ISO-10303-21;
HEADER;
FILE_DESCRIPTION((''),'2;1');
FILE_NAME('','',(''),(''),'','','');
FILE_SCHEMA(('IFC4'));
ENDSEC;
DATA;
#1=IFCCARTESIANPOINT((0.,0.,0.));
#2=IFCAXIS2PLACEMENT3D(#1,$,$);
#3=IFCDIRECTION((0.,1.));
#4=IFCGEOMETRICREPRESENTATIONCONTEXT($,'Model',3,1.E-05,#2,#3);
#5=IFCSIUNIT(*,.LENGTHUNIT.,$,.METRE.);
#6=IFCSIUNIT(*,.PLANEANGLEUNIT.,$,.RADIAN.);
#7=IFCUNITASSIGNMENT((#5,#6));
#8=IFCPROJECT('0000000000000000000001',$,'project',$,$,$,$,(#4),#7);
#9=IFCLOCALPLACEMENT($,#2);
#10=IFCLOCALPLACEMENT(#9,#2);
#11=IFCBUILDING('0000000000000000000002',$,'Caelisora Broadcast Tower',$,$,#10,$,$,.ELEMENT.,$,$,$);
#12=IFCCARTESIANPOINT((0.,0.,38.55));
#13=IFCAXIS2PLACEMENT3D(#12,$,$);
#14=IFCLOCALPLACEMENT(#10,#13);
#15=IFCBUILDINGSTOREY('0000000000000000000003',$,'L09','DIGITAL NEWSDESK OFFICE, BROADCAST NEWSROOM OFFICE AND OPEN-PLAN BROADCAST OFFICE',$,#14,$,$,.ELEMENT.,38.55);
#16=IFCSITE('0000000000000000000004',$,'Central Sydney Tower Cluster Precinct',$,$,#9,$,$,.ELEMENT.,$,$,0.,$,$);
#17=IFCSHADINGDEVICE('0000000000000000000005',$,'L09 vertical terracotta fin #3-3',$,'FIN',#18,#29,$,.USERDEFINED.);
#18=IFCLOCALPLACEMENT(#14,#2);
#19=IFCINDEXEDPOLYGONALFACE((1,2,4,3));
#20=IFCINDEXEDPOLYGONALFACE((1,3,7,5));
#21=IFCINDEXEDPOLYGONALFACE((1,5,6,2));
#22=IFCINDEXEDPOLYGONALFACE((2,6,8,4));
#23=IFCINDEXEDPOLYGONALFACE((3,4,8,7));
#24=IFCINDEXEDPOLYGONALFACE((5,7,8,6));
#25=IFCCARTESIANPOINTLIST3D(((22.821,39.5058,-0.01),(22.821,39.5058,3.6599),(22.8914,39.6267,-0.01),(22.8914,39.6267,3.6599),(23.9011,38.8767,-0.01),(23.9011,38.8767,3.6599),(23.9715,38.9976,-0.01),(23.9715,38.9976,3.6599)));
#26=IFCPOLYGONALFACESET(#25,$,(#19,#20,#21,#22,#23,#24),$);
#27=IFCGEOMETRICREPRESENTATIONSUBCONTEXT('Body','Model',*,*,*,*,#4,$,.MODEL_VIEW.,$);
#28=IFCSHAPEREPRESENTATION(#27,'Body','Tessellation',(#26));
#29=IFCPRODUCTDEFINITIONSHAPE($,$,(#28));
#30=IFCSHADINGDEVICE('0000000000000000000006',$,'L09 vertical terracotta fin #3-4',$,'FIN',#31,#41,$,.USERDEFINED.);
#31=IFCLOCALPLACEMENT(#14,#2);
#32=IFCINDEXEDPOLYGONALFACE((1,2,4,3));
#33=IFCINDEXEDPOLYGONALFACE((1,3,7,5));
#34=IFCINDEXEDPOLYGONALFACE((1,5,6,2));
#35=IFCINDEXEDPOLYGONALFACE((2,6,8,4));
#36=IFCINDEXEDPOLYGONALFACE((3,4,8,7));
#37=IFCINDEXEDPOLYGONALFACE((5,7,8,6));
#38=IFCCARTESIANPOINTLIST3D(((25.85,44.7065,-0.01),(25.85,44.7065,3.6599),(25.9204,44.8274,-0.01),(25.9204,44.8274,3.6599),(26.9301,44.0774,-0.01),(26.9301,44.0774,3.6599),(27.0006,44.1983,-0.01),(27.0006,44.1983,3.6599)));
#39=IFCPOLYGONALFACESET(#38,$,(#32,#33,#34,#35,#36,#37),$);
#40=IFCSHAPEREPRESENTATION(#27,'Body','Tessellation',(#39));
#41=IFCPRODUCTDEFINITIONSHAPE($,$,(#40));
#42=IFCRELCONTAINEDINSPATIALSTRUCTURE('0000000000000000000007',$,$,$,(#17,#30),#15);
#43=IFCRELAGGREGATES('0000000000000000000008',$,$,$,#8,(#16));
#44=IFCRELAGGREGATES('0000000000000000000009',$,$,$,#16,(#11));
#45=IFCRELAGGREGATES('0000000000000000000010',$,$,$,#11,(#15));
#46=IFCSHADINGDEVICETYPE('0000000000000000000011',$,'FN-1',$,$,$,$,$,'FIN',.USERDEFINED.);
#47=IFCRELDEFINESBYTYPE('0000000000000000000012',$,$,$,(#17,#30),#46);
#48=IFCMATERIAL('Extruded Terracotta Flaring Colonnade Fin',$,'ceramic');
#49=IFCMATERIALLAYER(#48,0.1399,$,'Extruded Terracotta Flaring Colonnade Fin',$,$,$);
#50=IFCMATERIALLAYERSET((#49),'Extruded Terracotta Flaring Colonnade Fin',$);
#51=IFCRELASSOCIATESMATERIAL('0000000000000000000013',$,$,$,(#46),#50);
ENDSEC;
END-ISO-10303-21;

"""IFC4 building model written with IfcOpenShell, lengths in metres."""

from ifc_helpers import new_model, si_unit, direction, frame, origin, origin_2d, place, context, subcontext, project, spatial, rectangle, extrude, source, transform, mapped, material, layer, layer_set, type_object, type_shapes, element, save


model = new_model("IFC4")

# Units and contexts
model_context = context("Model", 3, precision=1e-05, world=origin(), true_north=direction((0.0, 1.0)))
body_context = subcontext(model_context, "Body", "Model", "MODEL_VIEW")
ifc_project = project(units=[si_unit("LENGTHUNIT", "METRE"), si_unit("PLANEANGLEUNIT", "RADIAN")], contexts=[model_context])

# Site, building, storey
site_placement = place(None, origin())
site = spatial("IfcSite", under=ifc_project, at=site_placement, Name="Central Sydney Tower Cluster Precinct", CompositionType="ELEMENT", RefElevation=0.0)
building_placement = place(site_placement, origin())
building = spatial("IfcBuilding", under=site, at=building_placement, Name="Caelisora Broadcast Tower", CompositionType="ELEMENT")
storey_placement = place(building_placement, frame((0.0, 0.0, 38.55)))
storey = spatial("IfcBuildingStorey", under=building, at=storey_placement, Name="L09", Description="DIGITAL NEWSDESK OFFICE, BROADCAST NEWSROOM OFFICE AND OPEN-PLAN BROADCAST OFFICE", CompositionType="ELEMENT", Elevation=38.55)

# Shading devices
ifc_material_1 = material(Name="Extruded Terracotta Flaring Colonnade Fin", Category="ceramic")
ifc_layer_1 = layer(ifc_material_1, 0.1399, Name="Extruded Terracotta Flaring Colonnade Fin")
ifc_layer_set_1 = layer_set([ifc_layer_1], Name="Extruded Terracotta Flaring Colonnade Fin")
shading_device_type = type_object("IfcShadingDeviceType", Name="FN-1", ElementType="FIN", PredefinedType="USERDEFINED", material=ifc_layer_set_1)
shared_shape_1 = source(origin(), body_context, "Body", "SweptSolid", [
    extrude(rectangle(XDim=0.1399, YDim=1.25, at=origin_2d()), origin(), (0.0, 0.0, 1.0), 3.6699),
])
type_shapes(shading_device_type, [shared_shape_1])
for number, where, z_axis, x_axis, name in (
    (1, (23.3962, 39.2517, -0.01), (0.0, 0.0, 1.0), (0.503322, 0.864099, 0.0), "L09 vertical terracotta fin #3-3"),
    (2, (26.4253, 44.4524, -0.01), (0.0, 0.0, 1.0), (0.503322, 0.864099, 0.0), "L09 vertical terracotta fin #3-4"),
):
    element("IfcShadingDevice", number, at=place(storey_placement, frame(where, z_axis=z_axis, x_axis=x_axis)), inside=storey, type_object=shading_device_type, Name=name, ObjectType="FIN", PredefinedType="USERDEFINED", context=body_context, shape_type="MappedRepresentation", body=[
        mapped(shared_shape_1, transform((0.0, 0.0, 0.0), scale=1.0)),
    ])

save(model, "model.ifc")
